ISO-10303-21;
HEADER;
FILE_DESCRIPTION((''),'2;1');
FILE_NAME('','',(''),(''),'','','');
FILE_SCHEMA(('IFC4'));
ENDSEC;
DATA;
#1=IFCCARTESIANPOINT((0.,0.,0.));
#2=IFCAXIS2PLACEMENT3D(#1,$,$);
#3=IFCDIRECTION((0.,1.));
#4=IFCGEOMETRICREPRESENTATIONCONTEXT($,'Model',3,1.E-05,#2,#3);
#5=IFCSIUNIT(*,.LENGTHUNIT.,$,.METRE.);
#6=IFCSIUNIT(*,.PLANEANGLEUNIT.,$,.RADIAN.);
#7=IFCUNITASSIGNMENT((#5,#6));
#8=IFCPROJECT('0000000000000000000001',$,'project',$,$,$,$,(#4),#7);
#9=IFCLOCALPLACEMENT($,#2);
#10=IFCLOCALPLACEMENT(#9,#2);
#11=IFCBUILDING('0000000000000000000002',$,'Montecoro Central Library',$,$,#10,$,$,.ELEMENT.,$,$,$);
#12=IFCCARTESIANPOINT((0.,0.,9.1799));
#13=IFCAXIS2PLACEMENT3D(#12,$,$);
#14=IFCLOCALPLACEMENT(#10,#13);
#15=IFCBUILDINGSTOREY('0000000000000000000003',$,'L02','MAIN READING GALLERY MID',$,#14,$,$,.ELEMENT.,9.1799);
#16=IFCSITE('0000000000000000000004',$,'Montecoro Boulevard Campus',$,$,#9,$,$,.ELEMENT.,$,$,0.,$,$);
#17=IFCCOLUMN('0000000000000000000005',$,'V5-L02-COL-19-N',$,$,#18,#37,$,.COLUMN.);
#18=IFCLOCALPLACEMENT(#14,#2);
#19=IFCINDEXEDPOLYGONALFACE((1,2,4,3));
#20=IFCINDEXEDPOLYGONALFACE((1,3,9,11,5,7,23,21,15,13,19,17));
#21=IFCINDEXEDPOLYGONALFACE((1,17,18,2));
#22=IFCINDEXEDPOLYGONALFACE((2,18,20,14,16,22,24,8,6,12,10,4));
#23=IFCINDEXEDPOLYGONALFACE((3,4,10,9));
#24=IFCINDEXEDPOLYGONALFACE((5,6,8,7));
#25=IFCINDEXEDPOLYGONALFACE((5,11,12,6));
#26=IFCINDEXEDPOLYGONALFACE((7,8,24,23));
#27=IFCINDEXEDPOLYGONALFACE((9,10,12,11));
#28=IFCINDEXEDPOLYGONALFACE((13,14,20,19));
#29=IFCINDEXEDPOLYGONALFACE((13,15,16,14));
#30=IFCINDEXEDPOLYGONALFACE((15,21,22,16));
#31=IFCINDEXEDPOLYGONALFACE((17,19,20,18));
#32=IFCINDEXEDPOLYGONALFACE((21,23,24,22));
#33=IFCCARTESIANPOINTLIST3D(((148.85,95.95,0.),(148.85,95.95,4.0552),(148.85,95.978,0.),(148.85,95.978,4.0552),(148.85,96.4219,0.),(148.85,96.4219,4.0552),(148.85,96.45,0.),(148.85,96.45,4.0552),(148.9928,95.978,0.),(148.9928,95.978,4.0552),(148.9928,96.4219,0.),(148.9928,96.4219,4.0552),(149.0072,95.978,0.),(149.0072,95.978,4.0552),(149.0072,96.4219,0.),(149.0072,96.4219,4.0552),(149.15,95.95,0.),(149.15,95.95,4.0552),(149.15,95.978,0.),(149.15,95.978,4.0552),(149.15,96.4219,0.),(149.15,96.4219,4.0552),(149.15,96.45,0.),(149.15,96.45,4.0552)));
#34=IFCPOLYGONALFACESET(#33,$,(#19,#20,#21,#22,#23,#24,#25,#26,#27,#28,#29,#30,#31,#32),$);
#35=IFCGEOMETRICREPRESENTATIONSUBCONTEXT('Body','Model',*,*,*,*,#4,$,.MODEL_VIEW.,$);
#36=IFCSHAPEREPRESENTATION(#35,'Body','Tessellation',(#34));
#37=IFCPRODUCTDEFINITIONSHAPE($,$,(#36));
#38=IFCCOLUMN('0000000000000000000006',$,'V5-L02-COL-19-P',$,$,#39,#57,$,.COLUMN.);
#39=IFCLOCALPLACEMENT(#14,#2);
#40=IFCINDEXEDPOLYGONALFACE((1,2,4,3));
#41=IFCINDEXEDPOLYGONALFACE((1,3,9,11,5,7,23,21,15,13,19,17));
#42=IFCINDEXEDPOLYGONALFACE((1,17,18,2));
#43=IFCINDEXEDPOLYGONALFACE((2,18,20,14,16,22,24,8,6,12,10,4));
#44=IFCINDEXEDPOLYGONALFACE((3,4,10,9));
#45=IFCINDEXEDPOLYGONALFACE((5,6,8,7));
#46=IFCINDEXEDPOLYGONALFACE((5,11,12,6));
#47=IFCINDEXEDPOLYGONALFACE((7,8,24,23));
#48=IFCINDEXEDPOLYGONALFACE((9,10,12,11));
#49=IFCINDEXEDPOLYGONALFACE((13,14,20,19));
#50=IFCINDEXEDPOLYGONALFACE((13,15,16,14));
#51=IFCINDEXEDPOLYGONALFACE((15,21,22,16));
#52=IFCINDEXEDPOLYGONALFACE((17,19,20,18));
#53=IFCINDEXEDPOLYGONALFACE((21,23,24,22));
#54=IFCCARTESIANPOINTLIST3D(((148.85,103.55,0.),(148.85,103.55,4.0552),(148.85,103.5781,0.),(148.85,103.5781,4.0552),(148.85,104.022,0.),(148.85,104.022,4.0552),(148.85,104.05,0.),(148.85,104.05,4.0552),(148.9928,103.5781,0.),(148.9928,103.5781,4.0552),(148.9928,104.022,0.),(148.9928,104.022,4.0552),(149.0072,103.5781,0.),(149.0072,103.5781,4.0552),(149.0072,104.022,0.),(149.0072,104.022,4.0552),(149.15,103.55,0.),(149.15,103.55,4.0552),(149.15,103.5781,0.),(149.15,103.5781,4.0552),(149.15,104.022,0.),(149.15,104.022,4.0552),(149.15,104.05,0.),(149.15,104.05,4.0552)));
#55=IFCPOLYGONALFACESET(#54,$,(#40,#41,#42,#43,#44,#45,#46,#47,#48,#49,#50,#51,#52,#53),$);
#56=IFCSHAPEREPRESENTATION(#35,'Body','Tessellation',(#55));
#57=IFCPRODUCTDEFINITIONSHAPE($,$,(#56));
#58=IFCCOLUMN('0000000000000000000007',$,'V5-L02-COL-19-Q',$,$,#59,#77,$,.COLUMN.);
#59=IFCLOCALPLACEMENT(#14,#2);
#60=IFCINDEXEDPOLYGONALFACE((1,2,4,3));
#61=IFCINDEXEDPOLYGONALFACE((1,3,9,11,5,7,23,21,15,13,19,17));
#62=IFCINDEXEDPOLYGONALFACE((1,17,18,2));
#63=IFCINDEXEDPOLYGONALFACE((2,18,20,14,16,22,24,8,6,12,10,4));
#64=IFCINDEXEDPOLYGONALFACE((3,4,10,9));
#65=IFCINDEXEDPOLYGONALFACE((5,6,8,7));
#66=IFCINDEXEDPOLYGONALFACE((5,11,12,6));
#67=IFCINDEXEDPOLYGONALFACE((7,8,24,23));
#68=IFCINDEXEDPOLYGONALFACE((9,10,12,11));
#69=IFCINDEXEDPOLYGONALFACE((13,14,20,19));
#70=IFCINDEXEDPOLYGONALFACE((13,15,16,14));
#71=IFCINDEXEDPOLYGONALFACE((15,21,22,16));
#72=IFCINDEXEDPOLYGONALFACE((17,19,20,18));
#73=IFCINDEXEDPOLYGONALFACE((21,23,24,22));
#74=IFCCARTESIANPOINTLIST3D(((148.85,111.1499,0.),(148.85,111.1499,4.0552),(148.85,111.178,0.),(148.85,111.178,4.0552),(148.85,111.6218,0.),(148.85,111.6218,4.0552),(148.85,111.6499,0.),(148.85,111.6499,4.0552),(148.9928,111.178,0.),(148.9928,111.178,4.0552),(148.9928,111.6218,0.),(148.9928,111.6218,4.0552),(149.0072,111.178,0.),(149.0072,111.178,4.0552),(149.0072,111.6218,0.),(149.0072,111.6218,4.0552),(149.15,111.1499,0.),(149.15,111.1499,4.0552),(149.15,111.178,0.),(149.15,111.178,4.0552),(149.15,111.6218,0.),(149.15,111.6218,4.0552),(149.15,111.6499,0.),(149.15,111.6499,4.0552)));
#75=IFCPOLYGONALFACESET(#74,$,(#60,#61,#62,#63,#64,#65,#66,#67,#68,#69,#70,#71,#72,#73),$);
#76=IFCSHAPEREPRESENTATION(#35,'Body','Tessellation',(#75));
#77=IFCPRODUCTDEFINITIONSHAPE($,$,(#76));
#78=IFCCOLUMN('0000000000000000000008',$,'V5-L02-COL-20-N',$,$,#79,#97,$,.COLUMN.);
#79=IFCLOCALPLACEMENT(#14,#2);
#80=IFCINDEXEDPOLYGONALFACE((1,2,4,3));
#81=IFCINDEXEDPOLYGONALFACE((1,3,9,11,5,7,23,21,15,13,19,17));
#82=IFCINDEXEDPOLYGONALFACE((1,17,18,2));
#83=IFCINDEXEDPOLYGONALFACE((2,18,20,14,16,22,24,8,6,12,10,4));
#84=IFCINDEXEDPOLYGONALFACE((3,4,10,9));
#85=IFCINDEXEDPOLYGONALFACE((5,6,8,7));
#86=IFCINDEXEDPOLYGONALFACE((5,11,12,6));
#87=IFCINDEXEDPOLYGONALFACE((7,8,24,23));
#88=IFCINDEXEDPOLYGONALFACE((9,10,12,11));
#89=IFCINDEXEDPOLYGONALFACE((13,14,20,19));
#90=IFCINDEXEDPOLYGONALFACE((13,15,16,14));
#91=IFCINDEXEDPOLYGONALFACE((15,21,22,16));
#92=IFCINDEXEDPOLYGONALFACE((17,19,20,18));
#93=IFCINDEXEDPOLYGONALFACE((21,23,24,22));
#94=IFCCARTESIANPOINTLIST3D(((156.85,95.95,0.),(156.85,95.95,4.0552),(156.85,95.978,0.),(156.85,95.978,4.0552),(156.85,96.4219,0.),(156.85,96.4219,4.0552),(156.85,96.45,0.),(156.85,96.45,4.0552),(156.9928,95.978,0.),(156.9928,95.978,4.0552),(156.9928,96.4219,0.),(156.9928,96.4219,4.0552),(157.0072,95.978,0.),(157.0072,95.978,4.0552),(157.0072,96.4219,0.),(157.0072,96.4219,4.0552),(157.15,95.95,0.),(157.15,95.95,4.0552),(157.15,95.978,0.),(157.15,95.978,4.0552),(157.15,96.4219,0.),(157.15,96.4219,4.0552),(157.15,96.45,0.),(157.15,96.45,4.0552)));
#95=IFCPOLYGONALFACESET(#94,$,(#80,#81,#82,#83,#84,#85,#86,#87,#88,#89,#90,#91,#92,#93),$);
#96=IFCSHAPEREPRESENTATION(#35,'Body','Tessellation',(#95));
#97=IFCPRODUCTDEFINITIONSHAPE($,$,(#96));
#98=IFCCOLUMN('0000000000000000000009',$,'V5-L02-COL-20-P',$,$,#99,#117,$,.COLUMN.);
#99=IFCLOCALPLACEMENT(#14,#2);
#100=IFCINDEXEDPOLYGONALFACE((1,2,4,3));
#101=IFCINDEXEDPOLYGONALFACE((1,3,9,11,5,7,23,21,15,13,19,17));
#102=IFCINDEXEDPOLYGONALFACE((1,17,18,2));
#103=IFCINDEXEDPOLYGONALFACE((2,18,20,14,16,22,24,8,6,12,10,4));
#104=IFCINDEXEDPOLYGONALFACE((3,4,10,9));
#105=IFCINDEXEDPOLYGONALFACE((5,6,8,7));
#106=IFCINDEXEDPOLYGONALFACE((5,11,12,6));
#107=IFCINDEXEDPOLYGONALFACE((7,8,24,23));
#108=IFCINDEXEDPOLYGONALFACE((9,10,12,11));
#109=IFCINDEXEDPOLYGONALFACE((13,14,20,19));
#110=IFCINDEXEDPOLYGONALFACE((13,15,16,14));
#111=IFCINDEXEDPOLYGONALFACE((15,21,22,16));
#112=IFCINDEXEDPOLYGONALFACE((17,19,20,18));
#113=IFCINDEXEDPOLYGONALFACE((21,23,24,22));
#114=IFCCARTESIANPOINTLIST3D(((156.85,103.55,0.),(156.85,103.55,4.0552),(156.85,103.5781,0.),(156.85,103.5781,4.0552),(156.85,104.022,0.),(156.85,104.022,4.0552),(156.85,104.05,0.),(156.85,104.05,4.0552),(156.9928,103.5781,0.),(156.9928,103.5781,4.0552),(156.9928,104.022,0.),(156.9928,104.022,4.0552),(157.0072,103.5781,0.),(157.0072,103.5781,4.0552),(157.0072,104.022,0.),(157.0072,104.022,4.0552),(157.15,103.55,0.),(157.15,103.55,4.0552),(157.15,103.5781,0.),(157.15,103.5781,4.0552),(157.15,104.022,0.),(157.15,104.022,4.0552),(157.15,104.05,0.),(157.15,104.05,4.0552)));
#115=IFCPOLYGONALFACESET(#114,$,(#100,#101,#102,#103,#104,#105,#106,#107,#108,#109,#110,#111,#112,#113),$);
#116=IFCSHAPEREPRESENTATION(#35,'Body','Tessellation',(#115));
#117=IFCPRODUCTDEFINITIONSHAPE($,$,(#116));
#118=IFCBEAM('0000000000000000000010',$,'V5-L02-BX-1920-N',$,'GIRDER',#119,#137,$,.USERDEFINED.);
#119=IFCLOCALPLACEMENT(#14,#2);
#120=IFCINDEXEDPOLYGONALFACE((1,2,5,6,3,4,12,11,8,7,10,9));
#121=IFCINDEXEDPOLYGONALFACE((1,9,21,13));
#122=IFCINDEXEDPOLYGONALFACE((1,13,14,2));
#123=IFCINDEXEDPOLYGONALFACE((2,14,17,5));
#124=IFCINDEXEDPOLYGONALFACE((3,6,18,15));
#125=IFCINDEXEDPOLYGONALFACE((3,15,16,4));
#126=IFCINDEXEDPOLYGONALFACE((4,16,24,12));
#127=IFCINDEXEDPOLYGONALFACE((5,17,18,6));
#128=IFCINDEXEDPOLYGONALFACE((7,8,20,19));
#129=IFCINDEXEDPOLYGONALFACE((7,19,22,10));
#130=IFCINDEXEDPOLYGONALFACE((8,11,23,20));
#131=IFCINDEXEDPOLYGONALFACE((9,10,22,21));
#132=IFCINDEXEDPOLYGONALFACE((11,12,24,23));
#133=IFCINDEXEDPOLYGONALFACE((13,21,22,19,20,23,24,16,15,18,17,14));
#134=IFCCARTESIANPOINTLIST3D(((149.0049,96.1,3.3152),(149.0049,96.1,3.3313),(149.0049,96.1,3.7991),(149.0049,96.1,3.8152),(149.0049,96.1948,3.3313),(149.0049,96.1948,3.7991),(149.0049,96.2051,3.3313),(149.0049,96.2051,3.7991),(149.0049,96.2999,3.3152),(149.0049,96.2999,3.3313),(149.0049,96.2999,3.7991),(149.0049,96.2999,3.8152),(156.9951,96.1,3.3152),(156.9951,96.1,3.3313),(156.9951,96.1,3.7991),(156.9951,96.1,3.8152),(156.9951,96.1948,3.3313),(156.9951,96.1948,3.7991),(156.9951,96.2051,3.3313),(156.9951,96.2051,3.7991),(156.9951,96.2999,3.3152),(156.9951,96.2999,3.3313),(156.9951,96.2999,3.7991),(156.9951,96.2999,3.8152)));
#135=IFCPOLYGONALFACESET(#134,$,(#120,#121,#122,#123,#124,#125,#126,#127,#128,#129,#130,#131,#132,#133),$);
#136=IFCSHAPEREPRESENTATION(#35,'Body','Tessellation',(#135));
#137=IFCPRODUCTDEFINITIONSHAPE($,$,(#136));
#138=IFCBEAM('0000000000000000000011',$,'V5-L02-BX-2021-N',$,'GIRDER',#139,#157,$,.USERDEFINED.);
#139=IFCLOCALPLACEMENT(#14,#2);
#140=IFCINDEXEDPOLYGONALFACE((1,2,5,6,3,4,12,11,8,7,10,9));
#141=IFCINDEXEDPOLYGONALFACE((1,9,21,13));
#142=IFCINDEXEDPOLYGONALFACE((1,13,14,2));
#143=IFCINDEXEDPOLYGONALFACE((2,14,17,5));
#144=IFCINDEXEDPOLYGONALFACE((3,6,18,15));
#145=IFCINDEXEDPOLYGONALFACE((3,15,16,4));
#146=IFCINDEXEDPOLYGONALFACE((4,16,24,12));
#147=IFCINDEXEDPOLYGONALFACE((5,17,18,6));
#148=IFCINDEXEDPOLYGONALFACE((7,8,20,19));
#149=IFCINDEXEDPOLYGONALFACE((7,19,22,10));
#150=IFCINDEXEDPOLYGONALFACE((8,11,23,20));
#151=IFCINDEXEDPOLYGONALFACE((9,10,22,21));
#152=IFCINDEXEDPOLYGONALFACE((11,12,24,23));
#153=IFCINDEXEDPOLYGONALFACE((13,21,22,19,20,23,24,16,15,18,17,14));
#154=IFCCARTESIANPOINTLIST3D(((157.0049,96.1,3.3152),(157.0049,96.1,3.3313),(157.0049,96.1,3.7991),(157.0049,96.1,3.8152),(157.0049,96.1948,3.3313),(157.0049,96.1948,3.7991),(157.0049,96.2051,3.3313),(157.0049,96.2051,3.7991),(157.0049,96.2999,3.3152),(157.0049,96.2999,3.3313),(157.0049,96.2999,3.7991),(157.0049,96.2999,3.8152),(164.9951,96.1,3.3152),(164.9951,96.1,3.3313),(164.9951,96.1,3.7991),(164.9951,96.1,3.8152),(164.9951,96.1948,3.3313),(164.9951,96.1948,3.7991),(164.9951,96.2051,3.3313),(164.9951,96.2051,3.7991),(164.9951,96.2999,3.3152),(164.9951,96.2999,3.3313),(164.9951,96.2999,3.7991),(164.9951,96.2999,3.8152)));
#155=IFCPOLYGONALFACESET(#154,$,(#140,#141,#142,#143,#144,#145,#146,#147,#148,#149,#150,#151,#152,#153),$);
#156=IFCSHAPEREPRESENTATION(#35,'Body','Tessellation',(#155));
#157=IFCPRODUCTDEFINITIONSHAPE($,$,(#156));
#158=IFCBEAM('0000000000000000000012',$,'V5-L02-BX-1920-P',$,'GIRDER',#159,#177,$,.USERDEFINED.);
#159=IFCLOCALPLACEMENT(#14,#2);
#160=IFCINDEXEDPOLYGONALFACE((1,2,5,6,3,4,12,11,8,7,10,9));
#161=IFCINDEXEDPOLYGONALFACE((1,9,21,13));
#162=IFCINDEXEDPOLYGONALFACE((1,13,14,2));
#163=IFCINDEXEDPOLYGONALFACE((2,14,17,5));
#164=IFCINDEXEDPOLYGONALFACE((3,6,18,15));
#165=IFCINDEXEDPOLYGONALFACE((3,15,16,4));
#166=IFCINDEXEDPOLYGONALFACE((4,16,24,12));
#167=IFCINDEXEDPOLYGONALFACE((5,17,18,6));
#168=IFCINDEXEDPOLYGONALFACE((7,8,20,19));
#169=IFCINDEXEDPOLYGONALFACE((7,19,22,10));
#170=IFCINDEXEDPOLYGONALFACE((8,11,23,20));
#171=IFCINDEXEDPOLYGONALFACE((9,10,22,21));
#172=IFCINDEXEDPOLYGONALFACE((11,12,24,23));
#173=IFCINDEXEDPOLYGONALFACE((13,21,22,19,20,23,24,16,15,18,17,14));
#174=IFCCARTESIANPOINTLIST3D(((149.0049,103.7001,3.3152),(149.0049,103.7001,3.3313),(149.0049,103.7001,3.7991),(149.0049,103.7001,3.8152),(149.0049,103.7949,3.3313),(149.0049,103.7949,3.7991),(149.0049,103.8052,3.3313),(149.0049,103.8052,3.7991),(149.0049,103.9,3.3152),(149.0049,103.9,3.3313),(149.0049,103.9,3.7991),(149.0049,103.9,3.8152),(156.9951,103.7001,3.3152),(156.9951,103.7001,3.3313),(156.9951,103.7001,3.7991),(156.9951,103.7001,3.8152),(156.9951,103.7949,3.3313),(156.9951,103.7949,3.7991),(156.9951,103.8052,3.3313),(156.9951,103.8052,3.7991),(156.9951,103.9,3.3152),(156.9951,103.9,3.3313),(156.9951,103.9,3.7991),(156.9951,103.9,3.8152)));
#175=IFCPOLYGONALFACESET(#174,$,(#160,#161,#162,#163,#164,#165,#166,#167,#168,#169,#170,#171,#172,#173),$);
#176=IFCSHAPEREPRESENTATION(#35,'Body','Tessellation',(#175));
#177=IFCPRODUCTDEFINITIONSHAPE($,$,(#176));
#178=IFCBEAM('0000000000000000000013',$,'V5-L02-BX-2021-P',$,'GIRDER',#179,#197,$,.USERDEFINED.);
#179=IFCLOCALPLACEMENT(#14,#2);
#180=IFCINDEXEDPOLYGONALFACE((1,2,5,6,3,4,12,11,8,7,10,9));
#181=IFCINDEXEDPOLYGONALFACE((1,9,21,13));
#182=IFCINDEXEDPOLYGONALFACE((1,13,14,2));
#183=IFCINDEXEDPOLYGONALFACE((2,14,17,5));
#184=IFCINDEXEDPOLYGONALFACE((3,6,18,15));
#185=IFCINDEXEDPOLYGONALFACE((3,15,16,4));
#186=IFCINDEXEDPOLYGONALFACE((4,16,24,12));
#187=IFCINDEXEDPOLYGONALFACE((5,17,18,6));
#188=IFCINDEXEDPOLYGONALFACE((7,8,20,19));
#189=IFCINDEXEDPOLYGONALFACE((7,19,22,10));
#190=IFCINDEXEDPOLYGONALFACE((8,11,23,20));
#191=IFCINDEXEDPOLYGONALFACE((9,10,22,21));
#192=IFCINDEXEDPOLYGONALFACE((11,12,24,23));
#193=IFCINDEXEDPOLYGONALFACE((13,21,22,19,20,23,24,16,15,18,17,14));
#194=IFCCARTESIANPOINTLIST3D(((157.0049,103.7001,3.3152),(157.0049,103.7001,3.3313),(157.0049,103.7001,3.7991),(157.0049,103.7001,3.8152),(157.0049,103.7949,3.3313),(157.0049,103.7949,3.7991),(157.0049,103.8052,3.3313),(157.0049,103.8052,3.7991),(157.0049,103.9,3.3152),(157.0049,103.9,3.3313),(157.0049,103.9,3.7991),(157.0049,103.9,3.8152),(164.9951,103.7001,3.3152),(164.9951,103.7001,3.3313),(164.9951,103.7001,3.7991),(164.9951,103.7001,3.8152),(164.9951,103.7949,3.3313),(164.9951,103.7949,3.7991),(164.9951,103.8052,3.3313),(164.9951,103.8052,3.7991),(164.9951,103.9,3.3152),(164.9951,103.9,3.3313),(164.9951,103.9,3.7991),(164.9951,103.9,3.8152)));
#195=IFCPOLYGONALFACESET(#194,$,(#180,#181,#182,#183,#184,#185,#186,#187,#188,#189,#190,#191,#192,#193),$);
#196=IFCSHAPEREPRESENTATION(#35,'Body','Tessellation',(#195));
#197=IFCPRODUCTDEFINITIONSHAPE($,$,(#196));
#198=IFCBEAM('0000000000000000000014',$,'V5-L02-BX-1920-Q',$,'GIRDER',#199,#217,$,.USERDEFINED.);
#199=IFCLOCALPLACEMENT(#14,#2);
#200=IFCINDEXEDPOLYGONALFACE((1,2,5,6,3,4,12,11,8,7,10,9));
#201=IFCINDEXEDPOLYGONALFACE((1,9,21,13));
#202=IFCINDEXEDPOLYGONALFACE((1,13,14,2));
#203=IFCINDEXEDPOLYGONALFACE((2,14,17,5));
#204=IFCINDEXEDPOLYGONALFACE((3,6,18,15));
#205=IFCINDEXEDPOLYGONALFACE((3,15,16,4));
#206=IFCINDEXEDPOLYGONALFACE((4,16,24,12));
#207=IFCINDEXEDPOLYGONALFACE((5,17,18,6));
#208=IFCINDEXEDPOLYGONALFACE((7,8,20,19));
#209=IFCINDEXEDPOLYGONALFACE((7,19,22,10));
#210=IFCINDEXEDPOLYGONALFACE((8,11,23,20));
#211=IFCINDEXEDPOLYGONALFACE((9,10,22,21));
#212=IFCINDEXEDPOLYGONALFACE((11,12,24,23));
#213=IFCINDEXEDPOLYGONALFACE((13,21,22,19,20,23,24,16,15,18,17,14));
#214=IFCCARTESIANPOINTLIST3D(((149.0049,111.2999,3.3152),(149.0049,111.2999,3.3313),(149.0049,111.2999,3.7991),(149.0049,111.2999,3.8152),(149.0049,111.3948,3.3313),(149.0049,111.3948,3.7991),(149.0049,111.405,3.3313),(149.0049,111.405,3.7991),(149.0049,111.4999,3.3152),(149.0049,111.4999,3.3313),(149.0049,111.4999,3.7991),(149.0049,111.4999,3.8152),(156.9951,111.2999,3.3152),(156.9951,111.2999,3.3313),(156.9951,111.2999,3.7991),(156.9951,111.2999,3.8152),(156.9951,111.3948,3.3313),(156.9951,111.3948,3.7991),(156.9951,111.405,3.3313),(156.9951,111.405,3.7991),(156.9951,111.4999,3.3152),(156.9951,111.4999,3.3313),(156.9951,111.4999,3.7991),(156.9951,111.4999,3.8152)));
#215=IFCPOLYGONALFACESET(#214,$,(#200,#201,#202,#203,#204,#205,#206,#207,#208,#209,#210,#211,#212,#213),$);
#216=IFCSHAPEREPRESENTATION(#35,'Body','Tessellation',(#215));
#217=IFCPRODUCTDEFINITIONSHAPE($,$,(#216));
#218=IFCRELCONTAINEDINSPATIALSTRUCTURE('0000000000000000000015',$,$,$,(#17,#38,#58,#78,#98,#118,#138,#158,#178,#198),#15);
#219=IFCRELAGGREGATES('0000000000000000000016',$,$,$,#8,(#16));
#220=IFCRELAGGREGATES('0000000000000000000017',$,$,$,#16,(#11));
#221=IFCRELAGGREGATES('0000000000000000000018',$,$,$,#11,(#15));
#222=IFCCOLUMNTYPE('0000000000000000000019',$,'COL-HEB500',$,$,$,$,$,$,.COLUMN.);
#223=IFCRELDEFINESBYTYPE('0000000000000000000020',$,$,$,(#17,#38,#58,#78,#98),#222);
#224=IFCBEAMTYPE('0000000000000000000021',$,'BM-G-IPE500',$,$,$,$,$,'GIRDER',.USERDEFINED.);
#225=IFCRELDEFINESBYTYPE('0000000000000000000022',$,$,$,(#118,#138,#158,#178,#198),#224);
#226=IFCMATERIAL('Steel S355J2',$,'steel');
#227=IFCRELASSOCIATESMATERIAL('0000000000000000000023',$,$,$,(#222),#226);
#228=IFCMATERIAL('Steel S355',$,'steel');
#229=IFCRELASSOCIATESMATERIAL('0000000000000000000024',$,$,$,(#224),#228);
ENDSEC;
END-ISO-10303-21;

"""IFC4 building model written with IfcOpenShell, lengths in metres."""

from ifc_helpers import new_model, si_unit, direction, frame, origin, origin_2d, place, context, subcontext, project, spatial, i_section, extrude, material, material_profile, profile_set, type_object, element, save


model = new_model("IFC4")

# Units and contexts
model_context = context("Model", 3, precision=1e-05, world=origin(), true_north=direction((0.0, 1.0)))
body_context = subcontext(model_context, "Body", "Model", "MODEL_VIEW")
ifc_project = project(units=[si_unit("LENGTHUNIT", "METRE"), si_unit("PLANEANGLEUNIT", "RADIAN")], contexts=[model_context])

# Site, building, storey
site_placement = place(None, origin())
site = spatial("IfcSite", under=ifc_project, at=site_placement, Name="Montecoro Boulevard Campus", CompositionType="ELEMENT", RefElevation=0.0)
building_placement = place(site_placement, origin())
building = spatial("IfcBuilding", under=site, at=building_placement, Name="Montecoro Central Library", CompositionType="ELEMENT")
storey_placement = place(building_placement, frame((0.0, 0.0, 9.1799)))
storey = spatial("IfcBuildingStorey", under=building, at=storey_placement, Name="L02", Description="MAIN READING GALLERY MID", CompositionType="ELEMENT", Elevation=9.1799)

# Columns
ifc_material_1 = material(Name="Steel S355J2", Category="steel")
ifc_material_profile_1 = material_profile(ifc_material_1, i_section(OverallWidth=0.3, OverallDepth=0.5, WebThickness=0.0144, FlangeThickness=0.0281, at=origin_2d()), Name="HEB 500")
ifc_profile_set_1 = profile_set([ifc_material_profile_1], Name="Steel S355J2")
column_type = type_object("IfcColumnType", Name="COL-HEB500", PredefinedType="COLUMN", material=ifc_profile_set_1)
for number, where, z_axis, x_axis, name in (
    (1, (149.0, 96.2, 0.0), (0.0, 0.0, 1.0), (1.0, 0.0, 0.0), "V5-L02-COL-19-N"),
    (2, (149.0, 103.8, 0.0), (0.0, 0.0, 1.0), (1.0, 0.0, 0.0), "V5-L02-COL-19-P"),
    (3, (149.0, 111.3999, 0.0), (0.0, 0.0, 1.0), (1.0, 0.0, 0.0), "V5-L02-COL-19-Q"),
    (4, (157.0, 96.2, 0.0), (0.0, 0.0, 1.0), (1.0, 0.0, 0.0), "V5-L02-COL-20-N"),
    (5, (157.0, 103.8, 0.0), (0.0, 0.0, 1.0), (1.0, 0.0, 0.0), "V5-L02-COL-20-P"),
):
    element("IfcColumn", number, at=place(storey_placement, frame(where, z_axis=z_axis, x_axis=x_axis)), inside=storey, type_object=column_type, Name=name, PredefinedType="COLUMN", context=body_context, shape_type="SweptSolid", body=[
        extrude(i_section(OverallWidth=0.3, OverallDepth=0.5, WebThickness=0.0144, FlangeThickness=0.0281, at=origin_2d()), origin(), (0.0, 0.0, 1.0), 4.0552),
    ])

# Beams
ifc_material_2 = material(Name="Steel S355", Category="steel")
ifc_material_profile_2 = material_profile(ifc_material_2, i_section(OverallWidth=0.2, OverallDepth=0.5, WebThickness=0.0103, FlangeThickness=0.0161, at=origin_2d()), Name="IPE 500")
ifc_profile_set_2 = profile_set([ifc_material_profile_2], Name="Steel S355")
beam_type_1 = type_object("IfcBeamType", Name="BM-G-IPE500", ElementType="GIRDER", PredefinedType="USERDEFINED", material=ifc_profile_set_2)
for number, where, z_axis, x_axis, name in (
    (6, (149.0049, 96.2, 3.5652), (1.0, 0.0, 0.0), (0.0, 1.0, 0.0), "V5-L02-BX-1920-N"),
    (7, (157.0049, 96.2, 3.5652), (1.0, 0.0, 0.0), (0.0, 1.0, 0.0), "V5-L02-BX-2021-N"),
    (8, (149.0049, 103.8, 3.5652), (1.0, 0.0, 0.0), (0.0, 1.0, 0.0), "V5-L02-BX-1920-P"),
    (9, (157.0049, 103.8, 3.5652), (1.0, 0.0, 0.0), (0.0, 1.0, 0.0), "V5-L02-BX-2021-P"),
    (10, (149.0049, 111.3999, 3.5652), (1.0, 0.0, 0.0), (0.0, 1.0, 0.0), "V5-L02-BX-1920-Q"),
):
    element("IfcBeam", number, at=place(storey_placement, frame(where, z_axis=z_axis, x_axis=x_axis)), inside=storey, type_object=beam_type_1, Name=name, ObjectType="GIRDER", PredefinedType="USERDEFINED", context=body_context, shape_type="SweptSolid", body=[
        extrude(i_section(OverallWidth=0.2, OverallDepth=0.5, WebThickness=0.0103, FlangeThickness=0.0161, at=origin_2d()), origin(), (0.0, 0.0, 1.0), 7.9902),
    ])

save(model, "model.ifc")
